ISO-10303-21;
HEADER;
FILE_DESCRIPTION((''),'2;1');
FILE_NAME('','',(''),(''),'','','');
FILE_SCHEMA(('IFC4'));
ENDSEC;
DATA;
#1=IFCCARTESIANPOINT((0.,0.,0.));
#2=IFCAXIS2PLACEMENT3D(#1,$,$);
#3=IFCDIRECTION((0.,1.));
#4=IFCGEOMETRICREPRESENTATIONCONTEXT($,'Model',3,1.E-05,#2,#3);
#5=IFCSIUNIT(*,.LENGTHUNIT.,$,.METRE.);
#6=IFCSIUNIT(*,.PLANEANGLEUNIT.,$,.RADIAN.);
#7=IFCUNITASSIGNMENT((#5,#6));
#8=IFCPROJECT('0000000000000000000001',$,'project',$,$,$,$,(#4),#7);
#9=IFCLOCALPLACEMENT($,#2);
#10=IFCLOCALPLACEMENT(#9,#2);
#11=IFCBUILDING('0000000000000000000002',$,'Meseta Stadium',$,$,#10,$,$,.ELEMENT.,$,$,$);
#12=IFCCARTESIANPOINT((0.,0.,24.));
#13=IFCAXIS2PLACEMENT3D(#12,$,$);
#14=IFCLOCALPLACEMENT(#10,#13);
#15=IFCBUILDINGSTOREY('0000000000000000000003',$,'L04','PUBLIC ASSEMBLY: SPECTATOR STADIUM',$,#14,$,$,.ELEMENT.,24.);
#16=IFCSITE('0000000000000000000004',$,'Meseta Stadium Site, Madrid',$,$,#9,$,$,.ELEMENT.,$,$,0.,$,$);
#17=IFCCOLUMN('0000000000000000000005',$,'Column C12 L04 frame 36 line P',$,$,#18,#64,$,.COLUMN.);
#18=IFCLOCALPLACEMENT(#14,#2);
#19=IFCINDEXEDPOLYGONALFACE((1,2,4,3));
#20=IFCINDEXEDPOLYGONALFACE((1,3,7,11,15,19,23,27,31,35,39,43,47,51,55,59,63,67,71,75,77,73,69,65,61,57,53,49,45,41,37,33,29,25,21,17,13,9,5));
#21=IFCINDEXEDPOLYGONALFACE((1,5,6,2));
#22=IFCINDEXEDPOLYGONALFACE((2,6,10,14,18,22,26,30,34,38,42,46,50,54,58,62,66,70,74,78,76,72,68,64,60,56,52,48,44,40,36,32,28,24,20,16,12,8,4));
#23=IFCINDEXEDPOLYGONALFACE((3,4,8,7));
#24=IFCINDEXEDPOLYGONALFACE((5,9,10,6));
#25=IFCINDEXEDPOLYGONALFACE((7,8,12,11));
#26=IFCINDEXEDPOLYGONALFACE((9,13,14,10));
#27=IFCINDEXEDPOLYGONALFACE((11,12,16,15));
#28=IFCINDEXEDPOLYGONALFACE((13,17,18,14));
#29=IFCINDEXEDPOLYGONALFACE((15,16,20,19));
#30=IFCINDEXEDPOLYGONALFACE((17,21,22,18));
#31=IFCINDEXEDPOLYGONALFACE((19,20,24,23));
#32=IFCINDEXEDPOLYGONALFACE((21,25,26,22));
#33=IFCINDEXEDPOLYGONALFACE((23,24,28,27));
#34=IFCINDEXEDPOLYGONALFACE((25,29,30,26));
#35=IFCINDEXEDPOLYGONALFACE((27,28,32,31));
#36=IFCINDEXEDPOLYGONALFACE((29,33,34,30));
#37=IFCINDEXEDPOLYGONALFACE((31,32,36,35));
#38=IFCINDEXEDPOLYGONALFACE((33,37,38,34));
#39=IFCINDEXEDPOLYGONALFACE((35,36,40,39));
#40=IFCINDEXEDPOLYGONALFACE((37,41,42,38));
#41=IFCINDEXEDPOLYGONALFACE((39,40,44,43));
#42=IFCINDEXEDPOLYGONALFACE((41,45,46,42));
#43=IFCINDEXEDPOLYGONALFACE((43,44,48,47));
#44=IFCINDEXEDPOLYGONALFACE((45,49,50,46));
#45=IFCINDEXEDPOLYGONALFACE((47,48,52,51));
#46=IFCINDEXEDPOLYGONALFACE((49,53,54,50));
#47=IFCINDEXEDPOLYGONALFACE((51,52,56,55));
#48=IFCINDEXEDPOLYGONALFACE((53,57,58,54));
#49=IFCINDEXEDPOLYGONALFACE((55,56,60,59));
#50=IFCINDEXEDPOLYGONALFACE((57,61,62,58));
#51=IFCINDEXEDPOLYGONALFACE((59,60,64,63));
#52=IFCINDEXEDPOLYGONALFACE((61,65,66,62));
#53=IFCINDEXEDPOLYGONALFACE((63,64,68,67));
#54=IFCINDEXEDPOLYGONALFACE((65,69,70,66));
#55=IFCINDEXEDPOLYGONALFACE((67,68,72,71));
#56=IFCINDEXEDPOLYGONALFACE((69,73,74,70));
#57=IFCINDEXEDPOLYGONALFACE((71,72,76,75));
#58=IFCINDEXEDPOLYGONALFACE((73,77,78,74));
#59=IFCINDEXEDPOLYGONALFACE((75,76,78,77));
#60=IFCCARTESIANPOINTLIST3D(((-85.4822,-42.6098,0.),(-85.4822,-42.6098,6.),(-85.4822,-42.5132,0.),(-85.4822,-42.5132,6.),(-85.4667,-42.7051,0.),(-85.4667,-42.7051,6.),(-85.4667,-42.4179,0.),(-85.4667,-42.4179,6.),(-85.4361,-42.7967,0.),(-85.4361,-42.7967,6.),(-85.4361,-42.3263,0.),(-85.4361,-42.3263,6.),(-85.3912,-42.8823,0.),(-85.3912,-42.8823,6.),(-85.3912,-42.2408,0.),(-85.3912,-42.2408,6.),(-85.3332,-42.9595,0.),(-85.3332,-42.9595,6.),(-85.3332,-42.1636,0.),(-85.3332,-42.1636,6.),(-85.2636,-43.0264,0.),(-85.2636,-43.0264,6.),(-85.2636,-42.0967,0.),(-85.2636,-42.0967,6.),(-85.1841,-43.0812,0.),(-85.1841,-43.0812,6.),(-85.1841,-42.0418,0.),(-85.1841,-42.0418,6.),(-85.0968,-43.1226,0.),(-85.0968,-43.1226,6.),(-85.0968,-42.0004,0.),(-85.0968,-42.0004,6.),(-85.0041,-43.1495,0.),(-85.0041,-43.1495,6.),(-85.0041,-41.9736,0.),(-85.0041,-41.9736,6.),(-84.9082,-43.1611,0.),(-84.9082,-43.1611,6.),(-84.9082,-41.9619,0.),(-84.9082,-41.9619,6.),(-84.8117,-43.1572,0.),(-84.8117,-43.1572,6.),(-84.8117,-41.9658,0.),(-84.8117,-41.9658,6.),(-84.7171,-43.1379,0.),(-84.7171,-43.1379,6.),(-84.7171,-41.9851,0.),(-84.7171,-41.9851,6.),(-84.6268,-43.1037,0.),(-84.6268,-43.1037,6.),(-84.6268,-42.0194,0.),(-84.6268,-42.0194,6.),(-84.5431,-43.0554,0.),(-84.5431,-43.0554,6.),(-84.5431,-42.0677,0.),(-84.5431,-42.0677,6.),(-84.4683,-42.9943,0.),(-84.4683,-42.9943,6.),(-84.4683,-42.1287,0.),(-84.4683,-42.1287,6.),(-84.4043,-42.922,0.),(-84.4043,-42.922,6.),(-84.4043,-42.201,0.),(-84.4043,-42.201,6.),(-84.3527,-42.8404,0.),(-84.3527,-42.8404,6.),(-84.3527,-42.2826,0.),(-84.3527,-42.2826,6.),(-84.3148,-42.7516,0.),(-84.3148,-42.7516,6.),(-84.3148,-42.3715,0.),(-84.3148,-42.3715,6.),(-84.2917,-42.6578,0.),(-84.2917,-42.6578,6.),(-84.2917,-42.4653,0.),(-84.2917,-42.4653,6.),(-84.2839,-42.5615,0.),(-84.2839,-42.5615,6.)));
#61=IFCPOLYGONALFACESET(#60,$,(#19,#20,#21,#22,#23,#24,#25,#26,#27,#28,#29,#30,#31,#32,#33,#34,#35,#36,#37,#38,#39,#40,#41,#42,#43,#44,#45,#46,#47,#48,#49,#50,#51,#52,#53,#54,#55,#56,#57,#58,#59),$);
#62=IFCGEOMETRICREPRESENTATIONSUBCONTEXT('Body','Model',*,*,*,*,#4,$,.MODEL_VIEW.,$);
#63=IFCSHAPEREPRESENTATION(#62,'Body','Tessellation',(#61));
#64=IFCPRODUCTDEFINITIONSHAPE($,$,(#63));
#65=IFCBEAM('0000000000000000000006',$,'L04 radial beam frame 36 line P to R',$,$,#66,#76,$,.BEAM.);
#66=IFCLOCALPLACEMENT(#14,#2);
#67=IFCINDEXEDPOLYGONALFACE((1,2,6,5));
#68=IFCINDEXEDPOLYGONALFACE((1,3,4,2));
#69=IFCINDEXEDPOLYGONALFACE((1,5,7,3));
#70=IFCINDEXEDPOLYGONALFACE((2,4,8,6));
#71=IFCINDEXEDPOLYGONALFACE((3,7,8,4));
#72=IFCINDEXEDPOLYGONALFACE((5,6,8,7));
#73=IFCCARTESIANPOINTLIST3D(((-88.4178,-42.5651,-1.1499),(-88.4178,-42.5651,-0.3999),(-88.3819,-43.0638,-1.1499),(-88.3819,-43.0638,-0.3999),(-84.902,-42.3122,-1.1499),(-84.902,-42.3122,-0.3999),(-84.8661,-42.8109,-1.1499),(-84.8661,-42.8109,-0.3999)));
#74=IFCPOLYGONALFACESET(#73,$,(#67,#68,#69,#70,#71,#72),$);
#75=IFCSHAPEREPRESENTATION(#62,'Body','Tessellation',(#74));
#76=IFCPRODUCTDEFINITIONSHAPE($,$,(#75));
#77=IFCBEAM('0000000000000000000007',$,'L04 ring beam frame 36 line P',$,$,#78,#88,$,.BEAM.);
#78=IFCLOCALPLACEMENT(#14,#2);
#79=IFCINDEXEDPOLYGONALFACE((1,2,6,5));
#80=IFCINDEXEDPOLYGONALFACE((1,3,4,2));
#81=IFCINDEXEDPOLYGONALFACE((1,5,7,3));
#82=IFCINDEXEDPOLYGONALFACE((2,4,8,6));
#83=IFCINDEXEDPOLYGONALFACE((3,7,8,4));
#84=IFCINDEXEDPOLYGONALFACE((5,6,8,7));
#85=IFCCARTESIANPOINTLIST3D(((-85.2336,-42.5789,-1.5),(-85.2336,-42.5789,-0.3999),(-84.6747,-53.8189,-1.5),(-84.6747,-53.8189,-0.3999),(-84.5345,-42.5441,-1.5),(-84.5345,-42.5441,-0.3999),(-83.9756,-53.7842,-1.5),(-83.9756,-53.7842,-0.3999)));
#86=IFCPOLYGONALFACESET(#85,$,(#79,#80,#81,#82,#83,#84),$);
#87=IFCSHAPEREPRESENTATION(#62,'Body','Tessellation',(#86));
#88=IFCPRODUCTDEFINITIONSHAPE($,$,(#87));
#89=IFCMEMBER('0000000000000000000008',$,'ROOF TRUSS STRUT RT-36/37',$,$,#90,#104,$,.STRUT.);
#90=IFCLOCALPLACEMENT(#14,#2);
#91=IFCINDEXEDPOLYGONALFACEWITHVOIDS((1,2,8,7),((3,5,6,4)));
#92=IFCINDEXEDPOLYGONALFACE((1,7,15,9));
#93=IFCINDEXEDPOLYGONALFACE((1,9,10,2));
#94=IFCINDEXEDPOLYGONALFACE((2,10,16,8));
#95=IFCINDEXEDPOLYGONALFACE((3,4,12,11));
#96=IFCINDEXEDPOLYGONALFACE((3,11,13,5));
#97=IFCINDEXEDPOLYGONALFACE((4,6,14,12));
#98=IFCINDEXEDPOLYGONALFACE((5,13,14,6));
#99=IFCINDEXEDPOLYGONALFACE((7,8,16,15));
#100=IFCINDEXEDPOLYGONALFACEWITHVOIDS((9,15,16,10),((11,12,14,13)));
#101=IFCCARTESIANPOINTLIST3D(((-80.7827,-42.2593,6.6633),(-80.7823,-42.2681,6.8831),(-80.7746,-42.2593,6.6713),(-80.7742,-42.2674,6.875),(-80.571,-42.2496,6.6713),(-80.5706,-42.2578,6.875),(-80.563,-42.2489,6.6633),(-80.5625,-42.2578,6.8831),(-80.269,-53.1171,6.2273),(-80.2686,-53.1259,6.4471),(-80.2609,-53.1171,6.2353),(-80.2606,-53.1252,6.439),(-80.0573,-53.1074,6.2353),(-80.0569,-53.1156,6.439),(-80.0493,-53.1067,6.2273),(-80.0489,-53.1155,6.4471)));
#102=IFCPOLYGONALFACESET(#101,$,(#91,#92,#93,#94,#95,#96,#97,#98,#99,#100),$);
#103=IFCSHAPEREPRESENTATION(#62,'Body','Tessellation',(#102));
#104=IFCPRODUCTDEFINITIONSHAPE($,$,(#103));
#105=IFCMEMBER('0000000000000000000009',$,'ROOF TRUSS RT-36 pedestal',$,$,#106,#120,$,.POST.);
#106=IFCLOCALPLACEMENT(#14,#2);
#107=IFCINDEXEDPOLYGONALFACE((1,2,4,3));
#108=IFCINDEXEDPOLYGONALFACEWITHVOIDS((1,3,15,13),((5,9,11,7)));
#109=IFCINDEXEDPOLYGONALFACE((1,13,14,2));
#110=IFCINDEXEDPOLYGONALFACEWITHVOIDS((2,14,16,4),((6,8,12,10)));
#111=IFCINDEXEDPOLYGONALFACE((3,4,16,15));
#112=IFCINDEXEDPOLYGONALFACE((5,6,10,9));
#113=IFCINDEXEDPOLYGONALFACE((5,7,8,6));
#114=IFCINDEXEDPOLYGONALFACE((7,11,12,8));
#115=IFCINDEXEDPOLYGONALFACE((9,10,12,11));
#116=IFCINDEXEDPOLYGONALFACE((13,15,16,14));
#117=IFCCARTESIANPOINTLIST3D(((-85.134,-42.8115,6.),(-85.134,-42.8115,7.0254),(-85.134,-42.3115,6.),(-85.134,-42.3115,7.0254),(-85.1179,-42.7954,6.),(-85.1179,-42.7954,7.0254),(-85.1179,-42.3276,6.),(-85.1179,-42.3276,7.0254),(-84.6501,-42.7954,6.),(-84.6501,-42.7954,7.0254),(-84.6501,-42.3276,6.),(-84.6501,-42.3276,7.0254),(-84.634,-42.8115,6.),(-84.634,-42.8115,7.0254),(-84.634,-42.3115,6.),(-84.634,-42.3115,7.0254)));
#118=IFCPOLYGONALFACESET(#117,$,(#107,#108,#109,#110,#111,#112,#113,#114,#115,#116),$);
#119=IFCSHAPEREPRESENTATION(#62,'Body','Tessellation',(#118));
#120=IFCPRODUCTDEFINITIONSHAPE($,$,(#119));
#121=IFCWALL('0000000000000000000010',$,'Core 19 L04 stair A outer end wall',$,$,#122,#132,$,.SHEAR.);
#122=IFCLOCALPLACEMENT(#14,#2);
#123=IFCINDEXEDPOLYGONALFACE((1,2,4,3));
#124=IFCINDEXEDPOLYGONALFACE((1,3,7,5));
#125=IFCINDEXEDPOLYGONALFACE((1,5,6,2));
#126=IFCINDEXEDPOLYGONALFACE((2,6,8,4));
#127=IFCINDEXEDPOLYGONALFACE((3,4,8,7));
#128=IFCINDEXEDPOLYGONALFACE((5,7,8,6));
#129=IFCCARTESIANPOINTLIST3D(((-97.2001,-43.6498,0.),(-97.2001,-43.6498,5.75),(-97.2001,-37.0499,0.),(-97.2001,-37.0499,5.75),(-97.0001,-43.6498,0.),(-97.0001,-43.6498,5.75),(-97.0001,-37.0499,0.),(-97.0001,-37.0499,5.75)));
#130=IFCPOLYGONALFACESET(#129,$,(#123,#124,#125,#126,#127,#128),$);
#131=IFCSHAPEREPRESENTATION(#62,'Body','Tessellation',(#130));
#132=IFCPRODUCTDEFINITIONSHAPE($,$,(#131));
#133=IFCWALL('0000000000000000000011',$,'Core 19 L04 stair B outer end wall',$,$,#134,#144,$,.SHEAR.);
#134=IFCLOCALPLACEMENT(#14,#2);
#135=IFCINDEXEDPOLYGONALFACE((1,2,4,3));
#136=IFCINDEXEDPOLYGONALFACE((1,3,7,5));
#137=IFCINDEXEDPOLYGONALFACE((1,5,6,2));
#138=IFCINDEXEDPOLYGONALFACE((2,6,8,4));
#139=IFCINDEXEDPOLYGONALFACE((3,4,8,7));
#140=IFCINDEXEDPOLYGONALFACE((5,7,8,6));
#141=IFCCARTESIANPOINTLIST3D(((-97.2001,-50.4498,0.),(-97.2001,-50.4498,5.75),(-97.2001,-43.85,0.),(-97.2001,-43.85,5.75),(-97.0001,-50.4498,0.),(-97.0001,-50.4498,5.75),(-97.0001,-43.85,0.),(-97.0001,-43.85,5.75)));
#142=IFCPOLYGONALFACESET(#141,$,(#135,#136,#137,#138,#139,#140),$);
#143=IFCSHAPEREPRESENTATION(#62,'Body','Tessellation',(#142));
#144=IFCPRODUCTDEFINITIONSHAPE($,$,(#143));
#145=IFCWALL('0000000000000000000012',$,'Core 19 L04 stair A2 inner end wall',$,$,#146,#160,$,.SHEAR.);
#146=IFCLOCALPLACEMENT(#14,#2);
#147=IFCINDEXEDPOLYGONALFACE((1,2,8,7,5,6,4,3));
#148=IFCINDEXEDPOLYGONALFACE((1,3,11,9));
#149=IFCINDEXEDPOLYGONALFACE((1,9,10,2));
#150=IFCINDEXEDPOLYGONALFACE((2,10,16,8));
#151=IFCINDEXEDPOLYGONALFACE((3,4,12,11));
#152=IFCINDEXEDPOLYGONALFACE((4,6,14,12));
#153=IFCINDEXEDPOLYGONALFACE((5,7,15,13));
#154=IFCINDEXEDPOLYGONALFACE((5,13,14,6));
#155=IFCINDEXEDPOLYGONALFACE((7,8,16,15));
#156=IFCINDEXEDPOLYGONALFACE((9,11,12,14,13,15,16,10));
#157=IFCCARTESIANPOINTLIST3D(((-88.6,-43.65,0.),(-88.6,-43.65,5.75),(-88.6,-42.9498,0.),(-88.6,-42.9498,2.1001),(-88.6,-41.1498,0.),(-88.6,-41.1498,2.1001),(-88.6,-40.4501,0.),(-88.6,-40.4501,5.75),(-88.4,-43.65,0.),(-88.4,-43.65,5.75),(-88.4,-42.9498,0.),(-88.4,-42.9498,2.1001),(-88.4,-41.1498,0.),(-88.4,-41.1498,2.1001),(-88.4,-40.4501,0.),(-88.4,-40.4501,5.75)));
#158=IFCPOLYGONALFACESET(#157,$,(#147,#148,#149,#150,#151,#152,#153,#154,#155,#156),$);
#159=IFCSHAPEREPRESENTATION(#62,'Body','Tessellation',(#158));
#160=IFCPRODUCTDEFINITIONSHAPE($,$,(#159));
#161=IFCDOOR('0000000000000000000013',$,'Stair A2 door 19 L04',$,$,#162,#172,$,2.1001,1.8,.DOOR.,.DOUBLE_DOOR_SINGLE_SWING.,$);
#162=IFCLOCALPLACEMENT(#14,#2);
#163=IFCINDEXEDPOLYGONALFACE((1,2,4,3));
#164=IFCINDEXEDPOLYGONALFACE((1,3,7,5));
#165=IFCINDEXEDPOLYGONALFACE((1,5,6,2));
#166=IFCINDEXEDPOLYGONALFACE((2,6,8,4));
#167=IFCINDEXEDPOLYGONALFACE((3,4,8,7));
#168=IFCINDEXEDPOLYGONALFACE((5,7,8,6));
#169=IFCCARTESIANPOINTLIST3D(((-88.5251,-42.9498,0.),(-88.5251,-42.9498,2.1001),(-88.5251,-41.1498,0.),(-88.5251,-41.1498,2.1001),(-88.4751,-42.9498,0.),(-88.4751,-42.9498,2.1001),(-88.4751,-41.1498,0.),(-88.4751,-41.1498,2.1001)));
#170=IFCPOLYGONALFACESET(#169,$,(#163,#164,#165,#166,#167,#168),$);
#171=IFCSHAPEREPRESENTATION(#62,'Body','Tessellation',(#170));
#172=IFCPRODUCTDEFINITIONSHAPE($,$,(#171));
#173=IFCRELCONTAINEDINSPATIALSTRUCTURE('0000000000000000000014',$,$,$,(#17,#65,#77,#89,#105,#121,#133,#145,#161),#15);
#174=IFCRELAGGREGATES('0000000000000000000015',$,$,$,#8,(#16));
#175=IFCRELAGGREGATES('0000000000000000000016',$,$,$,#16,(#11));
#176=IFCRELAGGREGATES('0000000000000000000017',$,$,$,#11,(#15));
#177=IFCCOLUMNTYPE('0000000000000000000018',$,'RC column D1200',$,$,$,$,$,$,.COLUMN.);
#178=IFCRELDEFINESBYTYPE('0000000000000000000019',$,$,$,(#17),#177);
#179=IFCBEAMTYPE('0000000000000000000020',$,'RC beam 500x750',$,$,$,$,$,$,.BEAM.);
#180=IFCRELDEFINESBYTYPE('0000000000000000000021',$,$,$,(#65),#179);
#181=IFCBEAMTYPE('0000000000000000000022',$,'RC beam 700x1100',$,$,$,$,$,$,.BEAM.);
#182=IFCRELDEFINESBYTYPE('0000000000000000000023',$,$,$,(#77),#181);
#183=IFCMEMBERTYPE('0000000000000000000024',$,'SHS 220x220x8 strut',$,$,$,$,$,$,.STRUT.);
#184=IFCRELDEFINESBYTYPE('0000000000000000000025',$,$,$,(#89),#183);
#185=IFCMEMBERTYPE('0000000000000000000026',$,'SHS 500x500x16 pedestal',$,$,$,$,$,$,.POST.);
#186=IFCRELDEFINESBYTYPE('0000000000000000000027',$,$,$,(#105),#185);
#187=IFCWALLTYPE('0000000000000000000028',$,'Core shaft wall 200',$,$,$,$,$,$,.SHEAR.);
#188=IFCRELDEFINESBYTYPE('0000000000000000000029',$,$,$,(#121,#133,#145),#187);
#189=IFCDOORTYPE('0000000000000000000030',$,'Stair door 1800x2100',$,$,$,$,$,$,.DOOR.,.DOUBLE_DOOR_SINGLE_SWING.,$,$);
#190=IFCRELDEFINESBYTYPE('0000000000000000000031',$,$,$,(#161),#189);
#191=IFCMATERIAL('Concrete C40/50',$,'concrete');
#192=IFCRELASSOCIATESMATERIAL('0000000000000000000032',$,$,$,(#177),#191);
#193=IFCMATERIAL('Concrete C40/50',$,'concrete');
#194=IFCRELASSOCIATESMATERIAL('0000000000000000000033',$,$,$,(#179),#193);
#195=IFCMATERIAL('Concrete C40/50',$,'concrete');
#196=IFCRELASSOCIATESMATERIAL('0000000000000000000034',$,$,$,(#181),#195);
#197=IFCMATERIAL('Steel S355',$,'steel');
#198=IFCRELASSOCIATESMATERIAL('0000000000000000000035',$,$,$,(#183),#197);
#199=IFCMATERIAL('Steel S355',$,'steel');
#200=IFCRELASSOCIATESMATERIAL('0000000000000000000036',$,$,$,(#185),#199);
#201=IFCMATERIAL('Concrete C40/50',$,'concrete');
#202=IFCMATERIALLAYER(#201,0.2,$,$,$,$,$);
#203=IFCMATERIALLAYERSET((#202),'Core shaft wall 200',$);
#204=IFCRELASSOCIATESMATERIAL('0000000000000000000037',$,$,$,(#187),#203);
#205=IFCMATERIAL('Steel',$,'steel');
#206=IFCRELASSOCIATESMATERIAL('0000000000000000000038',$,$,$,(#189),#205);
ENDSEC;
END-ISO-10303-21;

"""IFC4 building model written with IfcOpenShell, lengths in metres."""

from ifc_helpers import new_model, si_unit, direction, frame, frame_2d, origin, origin_2d, place, context, subcontext, project, spatial, rectangle, hollow_rectangle, circle, extrude, material, layer, layer_set, material_profile, profile_set, type_object, element, fill, save


model = new_model("IFC4")

# Units and contexts
model_context = context("Model", 3, precision=1e-05, world=origin(), true_north=direction((0.0, 1.0)))
body_context = subcontext(model_context, "Body", "Model", "MODEL_VIEW")
ifc_project = project(units=[si_unit("LENGTHUNIT", "METRE"), si_unit("PLANEANGLEUNIT", "RADIAN")], contexts=[model_context])

# Site, building, storey
site_placement = place(None, origin())
site = spatial("IfcSite", under=ifc_project, at=site_placement, Name="Meseta Stadium Site, Madrid", CompositionType="ELEMENT", RefElevation=0.0)
building_placement = place(site_placement, origin())
building = spatial("IfcBuilding", under=site, at=building_placement, Name="Meseta Stadium", CompositionType="ELEMENT")
storey_placement = place(building_placement, frame((0.0, 0.0, 24.0)))
storey = spatial("IfcBuildingStorey", under=building, at=storey_placement, Name="L04", Description="PUBLIC ASSEMBLY: SPECTATOR STADIUM", CompositionType="ELEMENT", Elevation=24.0)

# Column
ifc_material_1 = material(Name="Concrete C40/50", Category="concrete")
ifc_material_profile_1 = material_profile(ifc_material_1, circle(Radius=0.6001, at=origin_2d()), Name="RC D1200")
ifc_profile_set_1 = profile_set([ifc_material_profile_1], Name="Concrete C40/50")
column_type = type_object("IfcColumnType", Name="RC column D1200", PredefinedType="COLUMN", material=ifc_profile_set_1)
column_placement = place(storey_placement, frame((-84.884, -42.5615, 0.0), z_axis=(0.0, 0.0, 1.0), x_axis=(1.0, 0.0, 0.0)))
element("IfcColumn", 1, at=column_placement, inside=storey, type_object=column_type, Name="Column C12 L04 frame 36 line P", PredefinedType="COLUMN", context=body_context, shape_type="SweptSolid", body=[
    extrude(circle(Radius=0.6001, at=origin_2d()), origin(), (0.0, 0.0, 1.0), 6.0),
])

# Beams
ifc_material_2 = material(Name="Concrete C40/50", Category="concrete")
ifc_material_profile_2 = material_profile(ifc_material_2, rectangle(XDim=0.5, YDim=0.75, at=origin_2d()), Name="RC 500x750")
ifc_profile_set_2 = profile_set([ifc_material_profile_2], Name="Concrete C40/50")
beam_type_1 = type_object("IfcBeamType", Name="RC beam 500x750", PredefinedType="BEAM", material=ifc_profile_set_2)
beam_1_placement = place(storey_placement, frame((-84.884, -42.5615, -0.7749), z_axis=(-0.997422, -0.071754, 0.0), x_axis=(0.071754, -0.997422, 0.0)))
element("IfcBeam", 2, at=beam_1_placement, inside=storey, type_object=beam_type_1, Name="L04 radial beam frame 36 line P to R", PredefinedType="BEAM", context=body_context, shape_type="SweptSolid", body=[
    extrude(rectangle(XDim=0.5, YDim=0.75, at=origin_2d()), origin(), (0.0, 0.0, 1.0), 3.5249),
])
ifc_material_3 = material(Name="Concrete C40/50", Category="concrete")
ifc_material_profile_3 = material_profile(ifc_material_3, rectangle(XDim=0.7, YDim=1.1001, at=origin_2d()), Name="RC 700x1100")
ifc_profile_set_3 = profile_set([ifc_material_profile_3], Name="Concrete C40/50")
beam_type_2 = type_object("IfcBeamType", Name="RC beam 700x1100", PredefinedType="BEAM", material=ifc_profile_set_3)
beam_2_placement = place(storey_placement, frame((-84.884, -42.5615, -0.95), z_axis=(0.049657, -0.998766, 0.0), x_axis=(0.998766, 0.049657, 0.0)))
element("IfcBeam", 3, at=beam_2_placement, inside=storey, type_object=beam_type_2, Name="L04 ring beam frame 36 line P", PredefinedType="BEAM", context=body_context, shape_type="SweptSolid", body=[
    extrude(rectangle(XDim=0.7, YDim=1.1001, at=origin_2d()), origin(), (0.0, 0.0, 1.0), 11.2539),
])

# Members
ifc_material_4 = material(Name="Steel S355", Category="steel")
ifc_material_profile_4 = material_profile(ifc_material_4, hollow_rectangle(XDim=0.22, YDim=0.22, WallThickness=0.0081, at=origin_2d()), Name="SHS 220x220x8")
ifc_profile_set_4 = profile_set([ifc_material_profile_4], Name="Steel S355")
member_type_1 = type_object("IfcMemberType", Name="SHS 220x220x8 strut", PredefinedType="STRUT", material=ifc_profile_set_4)
member_1_placement = place(storey_placement, frame((-80.6726, -42.2585, 6.7732), z_axis=(0.047219, -0.99808, -0.040082), x_axis=(0.998883, 0.047257, 0.0)))
element("IfcMember", 4, at=member_1_placement, inside=storey, type_object=member_type_1, Name="ROOF TRUSS STRUT RT-36/37", PredefinedType="STRUT", context=body_context, shape_type="SweptSolid", body=[
    extrude(hollow_rectangle(XDim=0.22, YDim=0.22, WallThickness=0.0081, at=origin_2d()), origin(), (0.0, 0.0, 1.0), 10.8787),
])
ifc_material_5 = material(Name="Steel S355", Category="steel")
ifc_material_profile_5 = material_profile(ifc_material_5, hollow_rectangle(XDim=0.5, YDim=0.5, WallThickness=0.0161, at=origin_2d()), Name="SHS 500x500x16")
ifc_profile_set_5 = profile_set([ifc_material_profile_5], Name="Steel S355")
member_type_2 = type_object("IfcMemberType", Name="SHS 500x500x16 pedestal", PredefinedType="POST", material=ifc_profile_set_5)
member_2_placement = place(storey_placement, frame((-84.884, -42.5615, 6.0), z_axis=(0.0, 0.0, 1.0), x_axis=(1.0, 0.0, 0.0)))
element("IfcMember", 5, at=member_2_placement, inside=storey, type_object=member_type_2, Name="ROOF TRUSS RT-36 pedestal", PredefinedType="POST", context=body_context, shape_type="SweptSolid", body=[
    extrude(hollow_rectangle(XDim=0.5, YDim=0.5, WallThickness=0.0161, at=origin_2d()), origin(), (0.0, 0.0, 1.0), 1.0254),
])

# Walls
ifc_material_6 = material(Name="Concrete C40/50", Category="concrete")
ifc_layer_1 = layer(ifc_material_6, 0.2)
ifc_layer_set_1 = layer_set([ifc_layer_1], Name="Core shaft wall 200")
wall_type_1 = type_object("IfcWallType", Name="Core shaft wall 200", PredefinedType="SHEAR", material=ifc_layer_set_1)
for number, where, z_axis, x_axis, name in (
    (6, (-97.1001, -37.05, 0.0), (0.0, 0.0, 1.0), (0.0, -1.0, 0.0), "Core 19 L04 stair A outer end wall"),
    (7, (-97.1001, -43.8501, 0.0), (0.0, 0.0, 1.0), (0.0, -1.0, 0.0), "Core 19 L04 stair B outer end wall"),
):
    element("IfcWall", number, at=place(storey_placement, frame(where, z_axis=z_axis, x_axis=x_axis)), inside=storey, type_object=wall_type_1, Name=name, PredefinedType="SHEAR", context=body_context, shape_type="SweptSolid", body=[
        extrude(rectangle(XDim=6.5999, YDim=0.2, at=frame_2d((3.2998, 0.0))), origin(), (0.0, 0.0, 1.0), 5.75),
    ])

# Wall, opening, door
wall_1_placement = place(storey_placement, frame((-88.5, -40.45, 0.0), z_axis=(0.0, 0.0, 1.0), x_axis=(0.0, -1.0, 0.0)))
wall_1 = element("IfcWall", 8, at=wall_1_placement, inside=storey, type_object=wall_type_1, Name="Core 19 L04 stair A2 inner end wall", PredefinedType="SHEAR", context=body_context, shape_type="SweptSolid", body=[
    extrude(rectangle(XDim=3.2, YDim=0.2, at=frame_2d((1.6001, 0.0))), origin(), (0.0, 0.0, 1.0), 5.75),
])
opening_1_placement = place(wall_1_placement, frame((0.7, 0.0, 0.0)))
opening_1 = element("IfcOpeningElement", 9, at=opening_1_placement, cuts=wall_1, PredefinedType="OPENING", context=body_context, shape_type="SweptSolid", body=[
    extrude(rectangle(XDim=1.8, YDim=2.1001, at=frame_2d((0.8999, 1.05))), frame((0.0, 0.1099, 0.0), z_axis=(0.0, -1.0, 0.0), x_axis=(1.0, 0.0, 0.0)), (0.0, 0.0, 1.0), 0.22),
])
ifc_material_7 = material(Name="Steel", Category="steel")
door_type_1 = type_object("IfcDoorType", Name="Stair door 1800x2100", OperationType="DOUBLE_DOOR_SINGLE_SWING", PredefinedType="DOOR", material=ifc_material_7)
door_1_placement = place(opening_1_placement, origin())
door_1 = element("IfcDoor", 10, at=door_1_placement, inside=storey, type_object=door_type_1, Name="Stair A2 door 19 L04", OperationType="DOUBLE_DOOR_SINGLE_SWING", OverallHeight=2.1001, OverallWidth=1.8, PredefinedType="DOOR", context=body_context, shape_type="SweptSolid", body=[
    extrude(rectangle(XDim=1.8, YDim=2.1001, at=frame_2d((0.8999, 1.05))), frame((0.0, 0.0249, 0.0), z_axis=(0.0, -1.0, 0.0), x_axis=(1.0, 0.0, 0.0)), (0.0, 0.0, 1.0), 0.05),
])
fill(opening_1, door_1)

save(model, "model.ifc")
